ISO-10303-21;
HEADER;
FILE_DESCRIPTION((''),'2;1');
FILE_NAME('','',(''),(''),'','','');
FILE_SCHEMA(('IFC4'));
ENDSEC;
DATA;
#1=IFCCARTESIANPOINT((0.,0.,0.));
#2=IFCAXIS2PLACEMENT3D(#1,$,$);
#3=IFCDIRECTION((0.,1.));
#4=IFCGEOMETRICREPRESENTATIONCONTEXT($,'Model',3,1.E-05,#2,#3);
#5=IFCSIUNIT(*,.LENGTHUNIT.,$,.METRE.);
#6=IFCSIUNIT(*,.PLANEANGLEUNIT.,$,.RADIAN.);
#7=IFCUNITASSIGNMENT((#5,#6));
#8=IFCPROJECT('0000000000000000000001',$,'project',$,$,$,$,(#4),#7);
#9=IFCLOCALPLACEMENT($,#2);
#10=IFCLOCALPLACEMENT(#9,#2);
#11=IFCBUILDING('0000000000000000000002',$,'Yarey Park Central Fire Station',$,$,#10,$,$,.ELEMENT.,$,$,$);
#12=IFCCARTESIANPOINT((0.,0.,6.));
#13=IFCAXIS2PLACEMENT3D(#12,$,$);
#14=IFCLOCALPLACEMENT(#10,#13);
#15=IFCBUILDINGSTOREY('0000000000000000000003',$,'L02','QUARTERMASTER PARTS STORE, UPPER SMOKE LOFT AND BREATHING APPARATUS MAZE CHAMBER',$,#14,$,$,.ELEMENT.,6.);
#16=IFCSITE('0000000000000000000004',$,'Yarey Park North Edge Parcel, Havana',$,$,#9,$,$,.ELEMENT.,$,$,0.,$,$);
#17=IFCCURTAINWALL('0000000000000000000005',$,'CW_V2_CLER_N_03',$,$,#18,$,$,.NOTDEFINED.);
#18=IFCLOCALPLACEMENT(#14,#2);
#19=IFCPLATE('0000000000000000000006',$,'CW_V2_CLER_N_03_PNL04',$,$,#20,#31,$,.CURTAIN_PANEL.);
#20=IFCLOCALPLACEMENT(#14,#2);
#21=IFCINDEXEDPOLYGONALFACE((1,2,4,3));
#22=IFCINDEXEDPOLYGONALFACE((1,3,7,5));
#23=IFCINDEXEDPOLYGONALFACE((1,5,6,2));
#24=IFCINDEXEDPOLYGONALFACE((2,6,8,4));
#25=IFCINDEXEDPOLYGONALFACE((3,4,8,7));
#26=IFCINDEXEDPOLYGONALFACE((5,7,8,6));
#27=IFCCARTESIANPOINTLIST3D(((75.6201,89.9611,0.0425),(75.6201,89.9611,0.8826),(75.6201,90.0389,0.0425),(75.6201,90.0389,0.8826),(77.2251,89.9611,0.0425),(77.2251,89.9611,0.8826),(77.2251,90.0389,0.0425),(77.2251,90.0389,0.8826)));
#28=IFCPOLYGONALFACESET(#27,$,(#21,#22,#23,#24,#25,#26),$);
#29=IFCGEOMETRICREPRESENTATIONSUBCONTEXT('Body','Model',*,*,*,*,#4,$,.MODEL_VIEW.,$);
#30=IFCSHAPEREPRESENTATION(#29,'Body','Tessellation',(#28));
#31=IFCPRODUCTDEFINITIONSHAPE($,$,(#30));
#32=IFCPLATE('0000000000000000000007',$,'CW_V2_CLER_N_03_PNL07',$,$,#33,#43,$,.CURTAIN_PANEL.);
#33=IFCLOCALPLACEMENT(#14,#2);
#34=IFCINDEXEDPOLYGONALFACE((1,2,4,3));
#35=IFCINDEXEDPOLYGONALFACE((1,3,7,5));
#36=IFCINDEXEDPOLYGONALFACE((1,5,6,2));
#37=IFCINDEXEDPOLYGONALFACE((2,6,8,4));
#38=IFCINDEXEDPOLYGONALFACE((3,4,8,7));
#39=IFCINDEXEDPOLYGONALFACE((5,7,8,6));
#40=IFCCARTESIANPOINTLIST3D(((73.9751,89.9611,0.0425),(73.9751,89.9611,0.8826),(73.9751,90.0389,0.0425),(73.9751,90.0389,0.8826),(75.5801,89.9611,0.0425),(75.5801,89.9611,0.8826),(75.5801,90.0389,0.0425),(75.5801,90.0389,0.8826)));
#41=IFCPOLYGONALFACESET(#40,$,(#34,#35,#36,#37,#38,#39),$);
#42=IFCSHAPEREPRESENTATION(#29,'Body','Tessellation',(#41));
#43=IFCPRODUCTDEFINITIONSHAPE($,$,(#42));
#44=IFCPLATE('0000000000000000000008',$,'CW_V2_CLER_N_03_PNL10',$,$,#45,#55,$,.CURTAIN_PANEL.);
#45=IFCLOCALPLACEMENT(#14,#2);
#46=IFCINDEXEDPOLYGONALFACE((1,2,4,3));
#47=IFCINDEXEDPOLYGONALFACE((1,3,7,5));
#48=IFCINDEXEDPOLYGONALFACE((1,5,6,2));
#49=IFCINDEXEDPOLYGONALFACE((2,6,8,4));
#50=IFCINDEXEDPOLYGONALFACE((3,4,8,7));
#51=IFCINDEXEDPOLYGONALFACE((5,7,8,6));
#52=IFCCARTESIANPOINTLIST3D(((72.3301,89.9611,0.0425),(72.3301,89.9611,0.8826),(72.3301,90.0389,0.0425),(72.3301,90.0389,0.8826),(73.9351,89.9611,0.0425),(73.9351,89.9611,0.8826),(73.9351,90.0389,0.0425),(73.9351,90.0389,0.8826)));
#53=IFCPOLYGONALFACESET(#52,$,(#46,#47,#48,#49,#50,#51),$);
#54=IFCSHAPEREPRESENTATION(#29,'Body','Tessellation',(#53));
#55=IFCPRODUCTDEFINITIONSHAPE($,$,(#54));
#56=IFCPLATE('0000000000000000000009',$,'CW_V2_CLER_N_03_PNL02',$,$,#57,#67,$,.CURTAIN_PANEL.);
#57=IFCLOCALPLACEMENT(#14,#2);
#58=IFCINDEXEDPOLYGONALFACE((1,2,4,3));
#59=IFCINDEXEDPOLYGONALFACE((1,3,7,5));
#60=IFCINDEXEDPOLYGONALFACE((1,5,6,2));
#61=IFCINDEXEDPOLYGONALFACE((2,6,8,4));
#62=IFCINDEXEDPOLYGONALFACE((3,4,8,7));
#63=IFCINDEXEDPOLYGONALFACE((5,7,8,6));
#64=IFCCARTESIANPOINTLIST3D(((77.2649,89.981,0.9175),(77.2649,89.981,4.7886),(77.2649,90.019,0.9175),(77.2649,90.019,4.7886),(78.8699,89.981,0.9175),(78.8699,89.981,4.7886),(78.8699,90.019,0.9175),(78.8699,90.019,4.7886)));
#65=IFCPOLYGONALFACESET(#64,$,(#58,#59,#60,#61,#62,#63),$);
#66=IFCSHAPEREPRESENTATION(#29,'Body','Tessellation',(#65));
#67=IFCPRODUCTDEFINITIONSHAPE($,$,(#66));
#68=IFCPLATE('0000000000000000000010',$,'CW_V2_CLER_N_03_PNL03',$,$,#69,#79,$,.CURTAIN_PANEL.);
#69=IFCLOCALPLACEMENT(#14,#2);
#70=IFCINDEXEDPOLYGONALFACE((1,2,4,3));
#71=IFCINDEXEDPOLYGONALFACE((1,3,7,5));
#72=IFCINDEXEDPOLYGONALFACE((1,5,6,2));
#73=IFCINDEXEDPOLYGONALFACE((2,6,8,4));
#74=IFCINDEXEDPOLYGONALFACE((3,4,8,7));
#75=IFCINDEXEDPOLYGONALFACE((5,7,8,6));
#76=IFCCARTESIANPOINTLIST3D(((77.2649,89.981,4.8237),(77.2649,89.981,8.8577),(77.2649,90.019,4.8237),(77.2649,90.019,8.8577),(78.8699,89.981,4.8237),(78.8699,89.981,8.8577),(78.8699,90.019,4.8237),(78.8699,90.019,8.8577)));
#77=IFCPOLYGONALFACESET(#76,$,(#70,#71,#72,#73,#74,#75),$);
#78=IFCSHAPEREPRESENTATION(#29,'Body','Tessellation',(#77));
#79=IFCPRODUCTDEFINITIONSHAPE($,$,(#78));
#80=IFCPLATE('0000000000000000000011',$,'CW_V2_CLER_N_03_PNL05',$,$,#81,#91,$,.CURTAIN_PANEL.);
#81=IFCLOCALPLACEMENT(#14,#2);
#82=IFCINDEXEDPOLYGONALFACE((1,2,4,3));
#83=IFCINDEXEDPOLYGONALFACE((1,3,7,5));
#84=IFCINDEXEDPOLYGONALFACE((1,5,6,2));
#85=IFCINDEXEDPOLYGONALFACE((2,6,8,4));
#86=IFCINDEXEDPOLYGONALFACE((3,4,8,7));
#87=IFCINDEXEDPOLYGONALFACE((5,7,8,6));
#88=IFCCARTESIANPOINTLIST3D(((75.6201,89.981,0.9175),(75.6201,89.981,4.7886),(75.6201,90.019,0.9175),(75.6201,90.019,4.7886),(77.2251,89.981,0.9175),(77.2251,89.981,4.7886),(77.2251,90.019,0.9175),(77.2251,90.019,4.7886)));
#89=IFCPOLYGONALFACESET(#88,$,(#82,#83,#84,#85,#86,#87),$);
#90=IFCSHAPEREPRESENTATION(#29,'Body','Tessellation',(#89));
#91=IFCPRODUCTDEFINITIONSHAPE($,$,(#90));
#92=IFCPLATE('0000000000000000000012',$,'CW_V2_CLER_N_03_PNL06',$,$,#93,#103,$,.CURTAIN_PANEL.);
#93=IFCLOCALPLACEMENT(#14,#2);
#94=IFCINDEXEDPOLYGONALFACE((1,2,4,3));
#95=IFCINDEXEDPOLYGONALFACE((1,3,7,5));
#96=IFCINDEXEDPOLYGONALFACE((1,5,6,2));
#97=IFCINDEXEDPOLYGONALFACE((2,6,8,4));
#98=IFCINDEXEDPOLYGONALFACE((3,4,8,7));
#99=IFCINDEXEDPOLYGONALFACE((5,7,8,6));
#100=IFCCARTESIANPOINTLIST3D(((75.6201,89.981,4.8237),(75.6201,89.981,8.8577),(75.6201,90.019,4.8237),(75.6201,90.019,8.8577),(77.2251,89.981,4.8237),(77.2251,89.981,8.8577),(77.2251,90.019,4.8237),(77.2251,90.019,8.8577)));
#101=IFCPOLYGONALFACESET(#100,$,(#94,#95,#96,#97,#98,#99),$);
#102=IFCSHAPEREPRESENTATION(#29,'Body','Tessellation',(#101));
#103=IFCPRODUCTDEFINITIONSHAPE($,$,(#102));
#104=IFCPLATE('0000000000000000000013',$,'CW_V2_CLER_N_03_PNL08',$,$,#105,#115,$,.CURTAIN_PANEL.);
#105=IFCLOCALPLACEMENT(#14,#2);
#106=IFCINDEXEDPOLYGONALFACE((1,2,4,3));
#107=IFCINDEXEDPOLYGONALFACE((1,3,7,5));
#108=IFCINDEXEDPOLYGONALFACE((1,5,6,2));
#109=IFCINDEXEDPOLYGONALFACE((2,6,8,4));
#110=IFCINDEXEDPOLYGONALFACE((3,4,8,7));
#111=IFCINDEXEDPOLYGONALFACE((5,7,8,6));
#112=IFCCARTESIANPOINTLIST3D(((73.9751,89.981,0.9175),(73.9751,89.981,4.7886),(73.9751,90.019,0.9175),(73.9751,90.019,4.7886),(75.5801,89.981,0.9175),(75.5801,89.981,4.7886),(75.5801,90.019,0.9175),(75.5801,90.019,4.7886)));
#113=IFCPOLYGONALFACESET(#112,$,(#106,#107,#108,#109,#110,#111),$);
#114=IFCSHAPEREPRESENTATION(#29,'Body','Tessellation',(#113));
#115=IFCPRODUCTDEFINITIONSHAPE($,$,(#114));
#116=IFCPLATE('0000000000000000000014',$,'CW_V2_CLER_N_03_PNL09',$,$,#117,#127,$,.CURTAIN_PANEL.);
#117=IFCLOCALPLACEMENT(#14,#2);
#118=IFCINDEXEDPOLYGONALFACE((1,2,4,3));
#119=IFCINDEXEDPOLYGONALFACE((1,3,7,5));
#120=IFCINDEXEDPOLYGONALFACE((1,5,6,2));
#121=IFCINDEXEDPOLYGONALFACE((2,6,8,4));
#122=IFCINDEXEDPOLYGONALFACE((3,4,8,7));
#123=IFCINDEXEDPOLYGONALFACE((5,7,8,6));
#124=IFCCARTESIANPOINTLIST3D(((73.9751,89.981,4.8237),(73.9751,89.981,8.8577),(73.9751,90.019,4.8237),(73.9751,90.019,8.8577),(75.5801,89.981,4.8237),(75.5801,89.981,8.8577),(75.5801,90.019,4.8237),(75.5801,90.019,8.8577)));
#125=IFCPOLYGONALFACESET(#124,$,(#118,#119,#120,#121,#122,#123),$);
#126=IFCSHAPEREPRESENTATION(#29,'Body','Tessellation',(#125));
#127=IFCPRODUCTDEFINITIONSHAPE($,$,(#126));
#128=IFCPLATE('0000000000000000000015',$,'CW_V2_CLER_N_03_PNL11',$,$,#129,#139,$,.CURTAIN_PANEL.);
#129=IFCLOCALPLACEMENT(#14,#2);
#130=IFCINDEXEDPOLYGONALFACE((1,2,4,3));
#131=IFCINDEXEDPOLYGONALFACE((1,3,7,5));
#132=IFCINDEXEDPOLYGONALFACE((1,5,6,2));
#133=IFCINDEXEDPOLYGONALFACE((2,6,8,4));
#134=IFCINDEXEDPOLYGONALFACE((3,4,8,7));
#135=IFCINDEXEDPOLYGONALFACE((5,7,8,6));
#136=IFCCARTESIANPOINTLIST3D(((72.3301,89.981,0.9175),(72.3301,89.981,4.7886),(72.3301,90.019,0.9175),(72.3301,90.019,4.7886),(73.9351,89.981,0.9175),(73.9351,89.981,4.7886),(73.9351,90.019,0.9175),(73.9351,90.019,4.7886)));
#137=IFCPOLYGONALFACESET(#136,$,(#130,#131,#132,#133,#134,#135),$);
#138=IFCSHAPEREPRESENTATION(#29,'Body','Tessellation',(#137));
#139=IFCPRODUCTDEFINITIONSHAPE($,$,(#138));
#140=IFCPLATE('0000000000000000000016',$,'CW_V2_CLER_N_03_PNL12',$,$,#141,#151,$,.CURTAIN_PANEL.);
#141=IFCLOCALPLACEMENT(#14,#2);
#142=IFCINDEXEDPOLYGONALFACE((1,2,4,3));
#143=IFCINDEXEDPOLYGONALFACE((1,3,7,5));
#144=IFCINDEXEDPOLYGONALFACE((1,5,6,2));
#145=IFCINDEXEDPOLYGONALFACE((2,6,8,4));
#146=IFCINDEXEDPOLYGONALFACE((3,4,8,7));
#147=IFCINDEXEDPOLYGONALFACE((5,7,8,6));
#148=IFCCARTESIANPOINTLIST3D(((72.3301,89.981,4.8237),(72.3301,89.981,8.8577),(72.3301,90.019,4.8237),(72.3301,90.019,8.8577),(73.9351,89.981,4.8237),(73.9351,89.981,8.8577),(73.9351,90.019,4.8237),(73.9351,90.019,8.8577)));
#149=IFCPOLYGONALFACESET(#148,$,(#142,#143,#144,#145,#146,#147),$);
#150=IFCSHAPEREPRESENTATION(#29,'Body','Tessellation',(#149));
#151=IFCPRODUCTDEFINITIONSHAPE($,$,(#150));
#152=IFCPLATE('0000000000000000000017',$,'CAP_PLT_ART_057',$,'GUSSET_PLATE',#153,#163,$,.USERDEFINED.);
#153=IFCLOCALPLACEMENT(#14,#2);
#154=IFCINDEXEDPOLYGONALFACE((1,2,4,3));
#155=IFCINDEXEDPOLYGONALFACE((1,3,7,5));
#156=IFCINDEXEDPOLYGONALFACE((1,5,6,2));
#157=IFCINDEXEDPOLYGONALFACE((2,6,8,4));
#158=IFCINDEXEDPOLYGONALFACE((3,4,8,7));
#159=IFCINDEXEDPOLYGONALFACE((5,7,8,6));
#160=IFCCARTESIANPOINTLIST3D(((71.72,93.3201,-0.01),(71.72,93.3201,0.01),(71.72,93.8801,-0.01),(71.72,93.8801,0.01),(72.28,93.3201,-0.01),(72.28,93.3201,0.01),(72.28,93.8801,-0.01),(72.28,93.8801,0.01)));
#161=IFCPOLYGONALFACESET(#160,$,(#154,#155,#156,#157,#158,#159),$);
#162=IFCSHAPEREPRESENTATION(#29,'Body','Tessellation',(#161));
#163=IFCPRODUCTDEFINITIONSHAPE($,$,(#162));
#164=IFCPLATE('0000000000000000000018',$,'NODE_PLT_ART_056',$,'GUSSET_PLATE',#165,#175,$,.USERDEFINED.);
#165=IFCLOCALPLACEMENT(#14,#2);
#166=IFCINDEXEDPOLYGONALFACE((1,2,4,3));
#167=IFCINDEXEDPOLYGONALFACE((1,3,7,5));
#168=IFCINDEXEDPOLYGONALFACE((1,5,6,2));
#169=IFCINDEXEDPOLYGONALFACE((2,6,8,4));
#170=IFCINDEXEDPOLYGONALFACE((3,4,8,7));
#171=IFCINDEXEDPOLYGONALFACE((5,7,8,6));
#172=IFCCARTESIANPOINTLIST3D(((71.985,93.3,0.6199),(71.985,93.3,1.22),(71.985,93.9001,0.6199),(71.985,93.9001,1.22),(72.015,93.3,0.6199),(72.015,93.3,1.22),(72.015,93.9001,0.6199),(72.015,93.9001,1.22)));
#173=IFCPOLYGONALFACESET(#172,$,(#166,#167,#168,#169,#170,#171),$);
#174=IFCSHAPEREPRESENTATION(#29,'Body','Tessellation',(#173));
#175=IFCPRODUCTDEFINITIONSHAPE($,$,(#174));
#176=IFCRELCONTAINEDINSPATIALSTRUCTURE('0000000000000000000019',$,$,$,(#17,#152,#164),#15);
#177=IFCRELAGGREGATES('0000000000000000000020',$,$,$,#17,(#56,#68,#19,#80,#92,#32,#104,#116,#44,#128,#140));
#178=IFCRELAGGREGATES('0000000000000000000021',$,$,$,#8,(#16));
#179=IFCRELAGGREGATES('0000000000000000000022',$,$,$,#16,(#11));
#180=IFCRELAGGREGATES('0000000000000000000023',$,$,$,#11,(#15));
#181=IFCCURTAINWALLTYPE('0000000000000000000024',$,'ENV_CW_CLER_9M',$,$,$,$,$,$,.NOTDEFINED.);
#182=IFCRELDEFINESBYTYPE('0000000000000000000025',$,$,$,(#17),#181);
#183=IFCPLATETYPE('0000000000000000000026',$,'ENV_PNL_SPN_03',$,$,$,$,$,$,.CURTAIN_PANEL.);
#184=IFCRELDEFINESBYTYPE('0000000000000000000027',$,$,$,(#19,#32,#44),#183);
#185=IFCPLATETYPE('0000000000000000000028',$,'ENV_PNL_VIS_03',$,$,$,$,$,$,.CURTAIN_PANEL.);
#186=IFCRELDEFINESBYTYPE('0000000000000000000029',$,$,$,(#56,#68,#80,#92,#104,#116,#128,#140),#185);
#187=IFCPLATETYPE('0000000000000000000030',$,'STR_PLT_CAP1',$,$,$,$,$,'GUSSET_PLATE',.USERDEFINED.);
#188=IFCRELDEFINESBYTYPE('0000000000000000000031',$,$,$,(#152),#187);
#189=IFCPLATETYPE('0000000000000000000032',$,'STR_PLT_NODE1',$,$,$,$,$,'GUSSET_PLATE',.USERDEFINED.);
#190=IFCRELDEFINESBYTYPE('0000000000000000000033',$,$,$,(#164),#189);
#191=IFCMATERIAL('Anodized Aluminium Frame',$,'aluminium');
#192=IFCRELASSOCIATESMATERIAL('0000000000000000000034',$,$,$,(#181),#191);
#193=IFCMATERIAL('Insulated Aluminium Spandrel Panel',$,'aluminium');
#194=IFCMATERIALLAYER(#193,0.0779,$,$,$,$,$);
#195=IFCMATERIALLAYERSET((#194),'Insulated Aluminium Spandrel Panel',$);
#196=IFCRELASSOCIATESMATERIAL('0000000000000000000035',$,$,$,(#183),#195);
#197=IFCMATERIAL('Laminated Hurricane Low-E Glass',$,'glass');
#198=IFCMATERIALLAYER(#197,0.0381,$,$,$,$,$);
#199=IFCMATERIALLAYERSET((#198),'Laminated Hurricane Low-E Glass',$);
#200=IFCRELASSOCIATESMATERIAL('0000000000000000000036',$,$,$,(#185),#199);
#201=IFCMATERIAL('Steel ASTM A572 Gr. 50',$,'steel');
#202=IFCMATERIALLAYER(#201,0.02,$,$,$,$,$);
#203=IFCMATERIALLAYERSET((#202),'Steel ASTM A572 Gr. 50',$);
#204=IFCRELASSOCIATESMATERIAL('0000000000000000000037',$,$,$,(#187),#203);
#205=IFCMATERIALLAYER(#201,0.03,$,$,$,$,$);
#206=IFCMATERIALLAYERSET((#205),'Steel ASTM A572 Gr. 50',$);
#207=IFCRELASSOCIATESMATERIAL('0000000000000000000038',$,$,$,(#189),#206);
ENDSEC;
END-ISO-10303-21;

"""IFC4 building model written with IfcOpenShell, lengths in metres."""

from ifc_helpers import new_model, si_unit, direction, frame, origin, origin_2d, place, context, subcontext, project, spatial, rectangle, extrude, material, layer, layer_set, type_object, element, aggregate, save


model = new_model("IFC4")

# Units and contexts
model_context = context("Model", 3, precision=1e-05, world=origin(), true_north=direction((0.0, 1.0)))
body_context = subcontext(model_context, "Body", "Model", "MODEL_VIEW")
ifc_project = project(units=[si_unit("LENGTHUNIT", "METRE"), si_unit("PLANEANGLEUNIT", "RADIAN")], contexts=[model_context])

# Site, building, storey
site_placement = place(None, origin())
site = spatial("IfcSite", under=ifc_project, at=site_placement, Name="Yarey Park North Edge Parcel, Havana", CompositionType="ELEMENT", RefElevation=0.0)
building_placement = place(site_placement, origin())
building = spatial("IfcBuilding", under=site, at=building_placement, Name="Yarey Park Central Fire Station", CompositionType="ELEMENT")
storey_placement = place(building_placement, frame((0.0, 0.0, 6.0)))
storey = spatial("IfcBuildingStorey", under=building, at=storey_placement, Name="L02", Description="QUARTERMASTER PARTS STORE, UPPER SMOKE LOFT AND BREATHING APPARATUS MAZE CHAMBER", CompositionType="ELEMENT", Elevation=6.0)

# Curtain wall
ifc_material_1 = material(Name="Anodized Aluminium Frame", Category="aluminium")
curtain_wall_type = type_object("IfcCurtainWallType", Name="ENV_CW_CLER_9M", PredefinedType="NOTDEFINED", material=ifc_material_1)
curtain_wall_placement = place(storey_placement, origin())
curtain_wall = element("IfcCurtainWall", 1, at=curtain_wall_placement, inside=storey, type_object=curtain_wall_type, Name="CW_V2_CLER_N_03", PredefinedType="NOTDEFINED")

# Plates
ifc_material_2 = material(Name="Insulated Aluminium Spandrel Panel", Category="aluminium")
ifc_layer_1 = layer(ifc_material_2, 0.0779)
ifc_layer_set_1 = layer_set([ifc_layer_1], Name="Insulated Aluminium Spandrel Panel")
plate_type_1 = type_object("IfcPlateType", Name="ENV_PNL_SPN_03", PredefinedType="CURTAIN_PANEL", material=ifc_layer_set_1)
plate_1_placement = place(storey_placement, frame((76.4226, 90.0, 0.0425), z_axis=(0.0, 0.0, 1.0), x_axis=(-1.0, 0.0, 0.0)))
plate_1 = element("IfcPlate", 2, at=plate_1_placement, type_object=plate_type_1, Name="CW_V2_CLER_N_03_PNL04", PredefinedType="CURTAIN_PANEL", context=body_context, shape_type="SweptSolid", body=[
    extrude(rectangle(XDim=1.605, YDim=0.0779, at=origin_2d()), origin(), (0.0, 0.0, 1.0), 0.8401),
])
plate_2_placement = place(storey_placement, frame((74.7776, 90.0, 0.0425), z_axis=(0.0, 0.0, 1.0), x_axis=(-1.0, 0.0, 0.0)))
plate_2 = element("IfcPlate", 3, at=plate_2_placement, type_object=plate_type_1, Name="CW_V2_CLER_N_03_PNL07", PredefinedType="CURTAIN_PANEL", context=body_context, shape_type="SweptSolid", body=[
    extrude(rectangle(XDim=1.605, YDim=0.0779, at=origin_2d()), origin(), (0.0, 0.0, 1.0), 0.8401),
])
plate_3_placement = place(storey_placement, frame((73.1326, 90.0, 0.0425), z_axis=(0.0, 0.0, 1.0), x_axis=(-1.0, 0.0, 0.0)))
plate_3 = element("IfcPlate", 4, at=plate_3_placement, type_object=plate_type_1, Name="CW_V2_CLER_N_03_PNL10", PredefinedType="CURTAIN_PANEL", context=body_context, shape_type="SweptSolid", body=[
    extrude(rectangle(XDim=1.605, YDim=0.0779, at=origin_2d()), origin(), (0.0, 0.0, 1.0), 0.8401),
])
ifc_material_3 = material(Name="Laminated Hurricane Low-E Glass", Category="glass")
ifc_layer_2 = layer(ifc_material_3, 0.0381)
ifc_layer_set_2 = layer_set([ifc_layer_2], Name="Laminated Hurricane Low-E Glass")
plate_type_2 = type_object("IfcPlateType", Name="ENV_PNL_VIS_03", PredefinedType="CURTAIN_PANEL", material=ifc_layer_set_2)
plate_4_placement = place(storey_placement, frame((78.0674, 90.0, 0.9175), z_axis=(0.0, 0.0, 1.0), x_axis=(-1.0, 0.0, 0.0)))
plate_4 = element("IfcPlate", 5, at=plate_4_placement, type_object=plate_type_2, Name="CW_V2_CLER_N_03_PNL02", PredefinedType="CURTAIN_PANEL", context=body_context, shape_type="SweptSolid", body=[
    extrude(rectangle(XDim=1.605, YDim=0.0381, at=origin_2d()), origin(), (0.0, 0.0, 1.0), 3.8711),
])
plate_5_placement = place(storey_placement, frame((78.0674, 90.0, 4.8237), z_axis=(0.0, 0.0, 1.0), x_axis=(-1.0, 0.0, 0.0)))
plate_5 = element("IfcPlate", 6, at=plate_5_placement, type_object=plate_type_2, Name="CW_V2_CLER_N_03_PNL03", PredefinedType="CURTAIN_PANEL", context=body_context, shape_type="SweptSolid", body=[
    extrude(rectangle(XDim=1.605, YDim=0.0381, at=origin_2d()), origin(), (0.0, 0.0, 1.0), 4.0339),
])
plate_6_placement = place(storey_placement, frame((76.4226, 90.0, 0.9175), z_axis=(0.0, 0.0, 1.0), x_axis=(-1.0, 0.0, 0.0)))
plate_6 = element("IfcPlate", 7, at=plate_6_placement, type_object=plate_type_2, Name="CW_V2_CLER_N_03_PNL05", PredefinedType="CURTAIN_PANEL", context=body_context, shape_type="SweptSolid", body=[
    extrude(rectangle(XDim=1.605, YDim=0.0381, at=origin_2d()), origin(), (0.0, 0.0, 1.0), 3.8711),
])
plate_7_placement = place(storey_placement, frame((76.4226, 90.0, 4.8237), z_axis=(0.0, 0.0, 1.0), x_axis=(-1.0, 0.0, 0.0)))
plate_7 = element("IfcPlate", 8, at=plate_7_placement, type_object=plate_type_2, Name="CW_V2_CLER_N_03_PNL06", PredefinedType="CURTAIN_PANEL", context=body_context, shape_type="SweptSolid", body=[
    extrude(rectangle(XDim=1.605, YDim=0.0381, at=origin_2d()), origin(), (0.0, 0.0, 1.0), 4.0339),
])
plate_8_placement = place(storey_placement, frame((74.7776, 90.0, 0.9175), z_axis=(0.0, 0.0, 1.0), x_axis=(-1.0, 0.0, 0.0)))
plate_8 = element("IfcPlate", 9, at=plate_8_placement, type_object=plate_type_2, Name="CW_V2_CLER_N_03_PNL08", PredefinedType="CURTAIN_PANEL", context=body_context, shape_type="SweptSolid", body=[
    extrude(rectangle(XDim=1.605, YDim=0.0381, at=origin_2d()), origin(), (0.0, 0.0, 1.0), 3.8711),
])
plate_9_placement = place(storey_placement, frame((74.7776, 90.0, 4.8237), z_axis=(0.0, 0.0, 1.0), x_axis=(-1.0, 0.0, 0.0)))
plate_9 = element("IfcPlate", 10, at=plate_9_placement, type_object=plate_type_2, Name="CW_V2_CLER_N_03_PNL09", PredefinedType="CURTAIN_PANEL", context=body_context, shape_type="SweptSolid", body=[
    extrude(rectangle(XDim=1.605, YDim=0.0381, at=origin_2d()), origin(), (0.0, 0.0, 1.0), 4.0339),
])
plate_10_placement = place(storey_placement, frame((73.1326, 90.0, 0.9175), z_axis=(0.0, 0.0, 1.0), x_axis=(-1.0, 0.0, 0.0)))
plate_10 = element("IfcPlate", 11, at=plate_10_placement, type_object=plate_type_2, Name="CW_V2_CLER_N_03_PNL11", PredefinedType="CURTAIN_PANEL", context=body_context, shape_type="SweptSolid", body=[
    extrude(rectangle(XDim=1.605, YDim=0.0381, at=origin_2d()), origin(), (0.0, 0.0, 1.0), 3.8711),
])
plate_11_placement = place(storey_placement, frame((73.1326, 90.0, 4.8237), z_axis=(0.0, 0.0, 1.0), x_axis=(-1.0, 0.0, 0.0)))
plate_11 = element("IfcPlate", 12, at=plate_11_placement, type_object=plate_type_2, Name="CW_V2_CLER_N_03_PNL12", PredefinedType="CURTAIN_PANEL", context=body_context, shape_type="SweptSolid", body=[
    extrude(rectangle(XDim=1.605, YDim=0.0381, at=origin_2d()), origin(), (0.0, 0.0, 1.0), 4.0339),
])
aggregate(curtain_wall, [plate_4, plate_5, plate_1, plate_6, plate_7, plate_2, plate_8, plate_9, plate_3, plate_10, plate_11])

# Plates
ifc_material_4 = material(Name="Steel ASTM A572 Gr. 50", Category="steel")
ifc_layer_3 = layer(ifc_material_4, 0.02)
ifc_layer_set_3 = layer_set([ifc_layer_3], Name="Steel ASTM A572 Gr. 50")
plate_type_3 = type_object("IfcPlateType", Name="STR_PLT_CAP1", ElementType="GUSSET_PLATE", PredefinedType="USERDEFINED", material=ifc_layer_set_3)
plate_12_placement = place(storey_placement, frame((72.0, 93.6001, -0.01), z_axis=(0.0, 0.0, 1.0), x_axis=(1.0, 0.0, 0.0)))
element("IfcPlate", 13, at=plate_12_placement, inside=storey, type_object=plate_type_3, Name="CAP_PLT_ART_057", ObjectType="GUSSET_PLATE", PredefinedType="USERDEFINED", context=body_context, shape_type="SweptSolid", body=[
    extrude(rectangle(XDim=0.5601, YDim=0.5601, at=origin_2d()), origin(), (0.0, 0.0, 1.0), 0.02),
])
ifc_layer_4 = layer(ifc_material_4, 0.03)
ifc_layer_set_4 = layer_set([ifc_layer_4], Name="Steel ASTM A572 Gr. 50")
plate_type_4 = type_object("IfcPlateType", Name="STR_PLT_NODE1", ElementType="GUSSET_PLATE", PredefinedType="USERDEFINED", material=ifc_layer_set_4)
plate_13_placement = place(storey_placement, frame((72.0, 93.6001, 0.6199), z_axis=(0.0, 0.0, 1.0), x_axis=(1.0, 0.0, 0.0)))
element("IfcPlate", 14, at=plate_13_placement, inside=storey, type_object=plate_type_4, Name="NODE_PLT_ART_056", ObjectType="GUSSET_PLATE", PredefinedType="USERDEFINED", context=body_context, shape_type="SweptSolid", body=[
    extrude(rectangle(XDim=0.03, YDim=0.6001, at=origin_2d()), origin(), (0.0, 0.0, 1.0), 0.6001),
])

save(model, "model.ifc")
